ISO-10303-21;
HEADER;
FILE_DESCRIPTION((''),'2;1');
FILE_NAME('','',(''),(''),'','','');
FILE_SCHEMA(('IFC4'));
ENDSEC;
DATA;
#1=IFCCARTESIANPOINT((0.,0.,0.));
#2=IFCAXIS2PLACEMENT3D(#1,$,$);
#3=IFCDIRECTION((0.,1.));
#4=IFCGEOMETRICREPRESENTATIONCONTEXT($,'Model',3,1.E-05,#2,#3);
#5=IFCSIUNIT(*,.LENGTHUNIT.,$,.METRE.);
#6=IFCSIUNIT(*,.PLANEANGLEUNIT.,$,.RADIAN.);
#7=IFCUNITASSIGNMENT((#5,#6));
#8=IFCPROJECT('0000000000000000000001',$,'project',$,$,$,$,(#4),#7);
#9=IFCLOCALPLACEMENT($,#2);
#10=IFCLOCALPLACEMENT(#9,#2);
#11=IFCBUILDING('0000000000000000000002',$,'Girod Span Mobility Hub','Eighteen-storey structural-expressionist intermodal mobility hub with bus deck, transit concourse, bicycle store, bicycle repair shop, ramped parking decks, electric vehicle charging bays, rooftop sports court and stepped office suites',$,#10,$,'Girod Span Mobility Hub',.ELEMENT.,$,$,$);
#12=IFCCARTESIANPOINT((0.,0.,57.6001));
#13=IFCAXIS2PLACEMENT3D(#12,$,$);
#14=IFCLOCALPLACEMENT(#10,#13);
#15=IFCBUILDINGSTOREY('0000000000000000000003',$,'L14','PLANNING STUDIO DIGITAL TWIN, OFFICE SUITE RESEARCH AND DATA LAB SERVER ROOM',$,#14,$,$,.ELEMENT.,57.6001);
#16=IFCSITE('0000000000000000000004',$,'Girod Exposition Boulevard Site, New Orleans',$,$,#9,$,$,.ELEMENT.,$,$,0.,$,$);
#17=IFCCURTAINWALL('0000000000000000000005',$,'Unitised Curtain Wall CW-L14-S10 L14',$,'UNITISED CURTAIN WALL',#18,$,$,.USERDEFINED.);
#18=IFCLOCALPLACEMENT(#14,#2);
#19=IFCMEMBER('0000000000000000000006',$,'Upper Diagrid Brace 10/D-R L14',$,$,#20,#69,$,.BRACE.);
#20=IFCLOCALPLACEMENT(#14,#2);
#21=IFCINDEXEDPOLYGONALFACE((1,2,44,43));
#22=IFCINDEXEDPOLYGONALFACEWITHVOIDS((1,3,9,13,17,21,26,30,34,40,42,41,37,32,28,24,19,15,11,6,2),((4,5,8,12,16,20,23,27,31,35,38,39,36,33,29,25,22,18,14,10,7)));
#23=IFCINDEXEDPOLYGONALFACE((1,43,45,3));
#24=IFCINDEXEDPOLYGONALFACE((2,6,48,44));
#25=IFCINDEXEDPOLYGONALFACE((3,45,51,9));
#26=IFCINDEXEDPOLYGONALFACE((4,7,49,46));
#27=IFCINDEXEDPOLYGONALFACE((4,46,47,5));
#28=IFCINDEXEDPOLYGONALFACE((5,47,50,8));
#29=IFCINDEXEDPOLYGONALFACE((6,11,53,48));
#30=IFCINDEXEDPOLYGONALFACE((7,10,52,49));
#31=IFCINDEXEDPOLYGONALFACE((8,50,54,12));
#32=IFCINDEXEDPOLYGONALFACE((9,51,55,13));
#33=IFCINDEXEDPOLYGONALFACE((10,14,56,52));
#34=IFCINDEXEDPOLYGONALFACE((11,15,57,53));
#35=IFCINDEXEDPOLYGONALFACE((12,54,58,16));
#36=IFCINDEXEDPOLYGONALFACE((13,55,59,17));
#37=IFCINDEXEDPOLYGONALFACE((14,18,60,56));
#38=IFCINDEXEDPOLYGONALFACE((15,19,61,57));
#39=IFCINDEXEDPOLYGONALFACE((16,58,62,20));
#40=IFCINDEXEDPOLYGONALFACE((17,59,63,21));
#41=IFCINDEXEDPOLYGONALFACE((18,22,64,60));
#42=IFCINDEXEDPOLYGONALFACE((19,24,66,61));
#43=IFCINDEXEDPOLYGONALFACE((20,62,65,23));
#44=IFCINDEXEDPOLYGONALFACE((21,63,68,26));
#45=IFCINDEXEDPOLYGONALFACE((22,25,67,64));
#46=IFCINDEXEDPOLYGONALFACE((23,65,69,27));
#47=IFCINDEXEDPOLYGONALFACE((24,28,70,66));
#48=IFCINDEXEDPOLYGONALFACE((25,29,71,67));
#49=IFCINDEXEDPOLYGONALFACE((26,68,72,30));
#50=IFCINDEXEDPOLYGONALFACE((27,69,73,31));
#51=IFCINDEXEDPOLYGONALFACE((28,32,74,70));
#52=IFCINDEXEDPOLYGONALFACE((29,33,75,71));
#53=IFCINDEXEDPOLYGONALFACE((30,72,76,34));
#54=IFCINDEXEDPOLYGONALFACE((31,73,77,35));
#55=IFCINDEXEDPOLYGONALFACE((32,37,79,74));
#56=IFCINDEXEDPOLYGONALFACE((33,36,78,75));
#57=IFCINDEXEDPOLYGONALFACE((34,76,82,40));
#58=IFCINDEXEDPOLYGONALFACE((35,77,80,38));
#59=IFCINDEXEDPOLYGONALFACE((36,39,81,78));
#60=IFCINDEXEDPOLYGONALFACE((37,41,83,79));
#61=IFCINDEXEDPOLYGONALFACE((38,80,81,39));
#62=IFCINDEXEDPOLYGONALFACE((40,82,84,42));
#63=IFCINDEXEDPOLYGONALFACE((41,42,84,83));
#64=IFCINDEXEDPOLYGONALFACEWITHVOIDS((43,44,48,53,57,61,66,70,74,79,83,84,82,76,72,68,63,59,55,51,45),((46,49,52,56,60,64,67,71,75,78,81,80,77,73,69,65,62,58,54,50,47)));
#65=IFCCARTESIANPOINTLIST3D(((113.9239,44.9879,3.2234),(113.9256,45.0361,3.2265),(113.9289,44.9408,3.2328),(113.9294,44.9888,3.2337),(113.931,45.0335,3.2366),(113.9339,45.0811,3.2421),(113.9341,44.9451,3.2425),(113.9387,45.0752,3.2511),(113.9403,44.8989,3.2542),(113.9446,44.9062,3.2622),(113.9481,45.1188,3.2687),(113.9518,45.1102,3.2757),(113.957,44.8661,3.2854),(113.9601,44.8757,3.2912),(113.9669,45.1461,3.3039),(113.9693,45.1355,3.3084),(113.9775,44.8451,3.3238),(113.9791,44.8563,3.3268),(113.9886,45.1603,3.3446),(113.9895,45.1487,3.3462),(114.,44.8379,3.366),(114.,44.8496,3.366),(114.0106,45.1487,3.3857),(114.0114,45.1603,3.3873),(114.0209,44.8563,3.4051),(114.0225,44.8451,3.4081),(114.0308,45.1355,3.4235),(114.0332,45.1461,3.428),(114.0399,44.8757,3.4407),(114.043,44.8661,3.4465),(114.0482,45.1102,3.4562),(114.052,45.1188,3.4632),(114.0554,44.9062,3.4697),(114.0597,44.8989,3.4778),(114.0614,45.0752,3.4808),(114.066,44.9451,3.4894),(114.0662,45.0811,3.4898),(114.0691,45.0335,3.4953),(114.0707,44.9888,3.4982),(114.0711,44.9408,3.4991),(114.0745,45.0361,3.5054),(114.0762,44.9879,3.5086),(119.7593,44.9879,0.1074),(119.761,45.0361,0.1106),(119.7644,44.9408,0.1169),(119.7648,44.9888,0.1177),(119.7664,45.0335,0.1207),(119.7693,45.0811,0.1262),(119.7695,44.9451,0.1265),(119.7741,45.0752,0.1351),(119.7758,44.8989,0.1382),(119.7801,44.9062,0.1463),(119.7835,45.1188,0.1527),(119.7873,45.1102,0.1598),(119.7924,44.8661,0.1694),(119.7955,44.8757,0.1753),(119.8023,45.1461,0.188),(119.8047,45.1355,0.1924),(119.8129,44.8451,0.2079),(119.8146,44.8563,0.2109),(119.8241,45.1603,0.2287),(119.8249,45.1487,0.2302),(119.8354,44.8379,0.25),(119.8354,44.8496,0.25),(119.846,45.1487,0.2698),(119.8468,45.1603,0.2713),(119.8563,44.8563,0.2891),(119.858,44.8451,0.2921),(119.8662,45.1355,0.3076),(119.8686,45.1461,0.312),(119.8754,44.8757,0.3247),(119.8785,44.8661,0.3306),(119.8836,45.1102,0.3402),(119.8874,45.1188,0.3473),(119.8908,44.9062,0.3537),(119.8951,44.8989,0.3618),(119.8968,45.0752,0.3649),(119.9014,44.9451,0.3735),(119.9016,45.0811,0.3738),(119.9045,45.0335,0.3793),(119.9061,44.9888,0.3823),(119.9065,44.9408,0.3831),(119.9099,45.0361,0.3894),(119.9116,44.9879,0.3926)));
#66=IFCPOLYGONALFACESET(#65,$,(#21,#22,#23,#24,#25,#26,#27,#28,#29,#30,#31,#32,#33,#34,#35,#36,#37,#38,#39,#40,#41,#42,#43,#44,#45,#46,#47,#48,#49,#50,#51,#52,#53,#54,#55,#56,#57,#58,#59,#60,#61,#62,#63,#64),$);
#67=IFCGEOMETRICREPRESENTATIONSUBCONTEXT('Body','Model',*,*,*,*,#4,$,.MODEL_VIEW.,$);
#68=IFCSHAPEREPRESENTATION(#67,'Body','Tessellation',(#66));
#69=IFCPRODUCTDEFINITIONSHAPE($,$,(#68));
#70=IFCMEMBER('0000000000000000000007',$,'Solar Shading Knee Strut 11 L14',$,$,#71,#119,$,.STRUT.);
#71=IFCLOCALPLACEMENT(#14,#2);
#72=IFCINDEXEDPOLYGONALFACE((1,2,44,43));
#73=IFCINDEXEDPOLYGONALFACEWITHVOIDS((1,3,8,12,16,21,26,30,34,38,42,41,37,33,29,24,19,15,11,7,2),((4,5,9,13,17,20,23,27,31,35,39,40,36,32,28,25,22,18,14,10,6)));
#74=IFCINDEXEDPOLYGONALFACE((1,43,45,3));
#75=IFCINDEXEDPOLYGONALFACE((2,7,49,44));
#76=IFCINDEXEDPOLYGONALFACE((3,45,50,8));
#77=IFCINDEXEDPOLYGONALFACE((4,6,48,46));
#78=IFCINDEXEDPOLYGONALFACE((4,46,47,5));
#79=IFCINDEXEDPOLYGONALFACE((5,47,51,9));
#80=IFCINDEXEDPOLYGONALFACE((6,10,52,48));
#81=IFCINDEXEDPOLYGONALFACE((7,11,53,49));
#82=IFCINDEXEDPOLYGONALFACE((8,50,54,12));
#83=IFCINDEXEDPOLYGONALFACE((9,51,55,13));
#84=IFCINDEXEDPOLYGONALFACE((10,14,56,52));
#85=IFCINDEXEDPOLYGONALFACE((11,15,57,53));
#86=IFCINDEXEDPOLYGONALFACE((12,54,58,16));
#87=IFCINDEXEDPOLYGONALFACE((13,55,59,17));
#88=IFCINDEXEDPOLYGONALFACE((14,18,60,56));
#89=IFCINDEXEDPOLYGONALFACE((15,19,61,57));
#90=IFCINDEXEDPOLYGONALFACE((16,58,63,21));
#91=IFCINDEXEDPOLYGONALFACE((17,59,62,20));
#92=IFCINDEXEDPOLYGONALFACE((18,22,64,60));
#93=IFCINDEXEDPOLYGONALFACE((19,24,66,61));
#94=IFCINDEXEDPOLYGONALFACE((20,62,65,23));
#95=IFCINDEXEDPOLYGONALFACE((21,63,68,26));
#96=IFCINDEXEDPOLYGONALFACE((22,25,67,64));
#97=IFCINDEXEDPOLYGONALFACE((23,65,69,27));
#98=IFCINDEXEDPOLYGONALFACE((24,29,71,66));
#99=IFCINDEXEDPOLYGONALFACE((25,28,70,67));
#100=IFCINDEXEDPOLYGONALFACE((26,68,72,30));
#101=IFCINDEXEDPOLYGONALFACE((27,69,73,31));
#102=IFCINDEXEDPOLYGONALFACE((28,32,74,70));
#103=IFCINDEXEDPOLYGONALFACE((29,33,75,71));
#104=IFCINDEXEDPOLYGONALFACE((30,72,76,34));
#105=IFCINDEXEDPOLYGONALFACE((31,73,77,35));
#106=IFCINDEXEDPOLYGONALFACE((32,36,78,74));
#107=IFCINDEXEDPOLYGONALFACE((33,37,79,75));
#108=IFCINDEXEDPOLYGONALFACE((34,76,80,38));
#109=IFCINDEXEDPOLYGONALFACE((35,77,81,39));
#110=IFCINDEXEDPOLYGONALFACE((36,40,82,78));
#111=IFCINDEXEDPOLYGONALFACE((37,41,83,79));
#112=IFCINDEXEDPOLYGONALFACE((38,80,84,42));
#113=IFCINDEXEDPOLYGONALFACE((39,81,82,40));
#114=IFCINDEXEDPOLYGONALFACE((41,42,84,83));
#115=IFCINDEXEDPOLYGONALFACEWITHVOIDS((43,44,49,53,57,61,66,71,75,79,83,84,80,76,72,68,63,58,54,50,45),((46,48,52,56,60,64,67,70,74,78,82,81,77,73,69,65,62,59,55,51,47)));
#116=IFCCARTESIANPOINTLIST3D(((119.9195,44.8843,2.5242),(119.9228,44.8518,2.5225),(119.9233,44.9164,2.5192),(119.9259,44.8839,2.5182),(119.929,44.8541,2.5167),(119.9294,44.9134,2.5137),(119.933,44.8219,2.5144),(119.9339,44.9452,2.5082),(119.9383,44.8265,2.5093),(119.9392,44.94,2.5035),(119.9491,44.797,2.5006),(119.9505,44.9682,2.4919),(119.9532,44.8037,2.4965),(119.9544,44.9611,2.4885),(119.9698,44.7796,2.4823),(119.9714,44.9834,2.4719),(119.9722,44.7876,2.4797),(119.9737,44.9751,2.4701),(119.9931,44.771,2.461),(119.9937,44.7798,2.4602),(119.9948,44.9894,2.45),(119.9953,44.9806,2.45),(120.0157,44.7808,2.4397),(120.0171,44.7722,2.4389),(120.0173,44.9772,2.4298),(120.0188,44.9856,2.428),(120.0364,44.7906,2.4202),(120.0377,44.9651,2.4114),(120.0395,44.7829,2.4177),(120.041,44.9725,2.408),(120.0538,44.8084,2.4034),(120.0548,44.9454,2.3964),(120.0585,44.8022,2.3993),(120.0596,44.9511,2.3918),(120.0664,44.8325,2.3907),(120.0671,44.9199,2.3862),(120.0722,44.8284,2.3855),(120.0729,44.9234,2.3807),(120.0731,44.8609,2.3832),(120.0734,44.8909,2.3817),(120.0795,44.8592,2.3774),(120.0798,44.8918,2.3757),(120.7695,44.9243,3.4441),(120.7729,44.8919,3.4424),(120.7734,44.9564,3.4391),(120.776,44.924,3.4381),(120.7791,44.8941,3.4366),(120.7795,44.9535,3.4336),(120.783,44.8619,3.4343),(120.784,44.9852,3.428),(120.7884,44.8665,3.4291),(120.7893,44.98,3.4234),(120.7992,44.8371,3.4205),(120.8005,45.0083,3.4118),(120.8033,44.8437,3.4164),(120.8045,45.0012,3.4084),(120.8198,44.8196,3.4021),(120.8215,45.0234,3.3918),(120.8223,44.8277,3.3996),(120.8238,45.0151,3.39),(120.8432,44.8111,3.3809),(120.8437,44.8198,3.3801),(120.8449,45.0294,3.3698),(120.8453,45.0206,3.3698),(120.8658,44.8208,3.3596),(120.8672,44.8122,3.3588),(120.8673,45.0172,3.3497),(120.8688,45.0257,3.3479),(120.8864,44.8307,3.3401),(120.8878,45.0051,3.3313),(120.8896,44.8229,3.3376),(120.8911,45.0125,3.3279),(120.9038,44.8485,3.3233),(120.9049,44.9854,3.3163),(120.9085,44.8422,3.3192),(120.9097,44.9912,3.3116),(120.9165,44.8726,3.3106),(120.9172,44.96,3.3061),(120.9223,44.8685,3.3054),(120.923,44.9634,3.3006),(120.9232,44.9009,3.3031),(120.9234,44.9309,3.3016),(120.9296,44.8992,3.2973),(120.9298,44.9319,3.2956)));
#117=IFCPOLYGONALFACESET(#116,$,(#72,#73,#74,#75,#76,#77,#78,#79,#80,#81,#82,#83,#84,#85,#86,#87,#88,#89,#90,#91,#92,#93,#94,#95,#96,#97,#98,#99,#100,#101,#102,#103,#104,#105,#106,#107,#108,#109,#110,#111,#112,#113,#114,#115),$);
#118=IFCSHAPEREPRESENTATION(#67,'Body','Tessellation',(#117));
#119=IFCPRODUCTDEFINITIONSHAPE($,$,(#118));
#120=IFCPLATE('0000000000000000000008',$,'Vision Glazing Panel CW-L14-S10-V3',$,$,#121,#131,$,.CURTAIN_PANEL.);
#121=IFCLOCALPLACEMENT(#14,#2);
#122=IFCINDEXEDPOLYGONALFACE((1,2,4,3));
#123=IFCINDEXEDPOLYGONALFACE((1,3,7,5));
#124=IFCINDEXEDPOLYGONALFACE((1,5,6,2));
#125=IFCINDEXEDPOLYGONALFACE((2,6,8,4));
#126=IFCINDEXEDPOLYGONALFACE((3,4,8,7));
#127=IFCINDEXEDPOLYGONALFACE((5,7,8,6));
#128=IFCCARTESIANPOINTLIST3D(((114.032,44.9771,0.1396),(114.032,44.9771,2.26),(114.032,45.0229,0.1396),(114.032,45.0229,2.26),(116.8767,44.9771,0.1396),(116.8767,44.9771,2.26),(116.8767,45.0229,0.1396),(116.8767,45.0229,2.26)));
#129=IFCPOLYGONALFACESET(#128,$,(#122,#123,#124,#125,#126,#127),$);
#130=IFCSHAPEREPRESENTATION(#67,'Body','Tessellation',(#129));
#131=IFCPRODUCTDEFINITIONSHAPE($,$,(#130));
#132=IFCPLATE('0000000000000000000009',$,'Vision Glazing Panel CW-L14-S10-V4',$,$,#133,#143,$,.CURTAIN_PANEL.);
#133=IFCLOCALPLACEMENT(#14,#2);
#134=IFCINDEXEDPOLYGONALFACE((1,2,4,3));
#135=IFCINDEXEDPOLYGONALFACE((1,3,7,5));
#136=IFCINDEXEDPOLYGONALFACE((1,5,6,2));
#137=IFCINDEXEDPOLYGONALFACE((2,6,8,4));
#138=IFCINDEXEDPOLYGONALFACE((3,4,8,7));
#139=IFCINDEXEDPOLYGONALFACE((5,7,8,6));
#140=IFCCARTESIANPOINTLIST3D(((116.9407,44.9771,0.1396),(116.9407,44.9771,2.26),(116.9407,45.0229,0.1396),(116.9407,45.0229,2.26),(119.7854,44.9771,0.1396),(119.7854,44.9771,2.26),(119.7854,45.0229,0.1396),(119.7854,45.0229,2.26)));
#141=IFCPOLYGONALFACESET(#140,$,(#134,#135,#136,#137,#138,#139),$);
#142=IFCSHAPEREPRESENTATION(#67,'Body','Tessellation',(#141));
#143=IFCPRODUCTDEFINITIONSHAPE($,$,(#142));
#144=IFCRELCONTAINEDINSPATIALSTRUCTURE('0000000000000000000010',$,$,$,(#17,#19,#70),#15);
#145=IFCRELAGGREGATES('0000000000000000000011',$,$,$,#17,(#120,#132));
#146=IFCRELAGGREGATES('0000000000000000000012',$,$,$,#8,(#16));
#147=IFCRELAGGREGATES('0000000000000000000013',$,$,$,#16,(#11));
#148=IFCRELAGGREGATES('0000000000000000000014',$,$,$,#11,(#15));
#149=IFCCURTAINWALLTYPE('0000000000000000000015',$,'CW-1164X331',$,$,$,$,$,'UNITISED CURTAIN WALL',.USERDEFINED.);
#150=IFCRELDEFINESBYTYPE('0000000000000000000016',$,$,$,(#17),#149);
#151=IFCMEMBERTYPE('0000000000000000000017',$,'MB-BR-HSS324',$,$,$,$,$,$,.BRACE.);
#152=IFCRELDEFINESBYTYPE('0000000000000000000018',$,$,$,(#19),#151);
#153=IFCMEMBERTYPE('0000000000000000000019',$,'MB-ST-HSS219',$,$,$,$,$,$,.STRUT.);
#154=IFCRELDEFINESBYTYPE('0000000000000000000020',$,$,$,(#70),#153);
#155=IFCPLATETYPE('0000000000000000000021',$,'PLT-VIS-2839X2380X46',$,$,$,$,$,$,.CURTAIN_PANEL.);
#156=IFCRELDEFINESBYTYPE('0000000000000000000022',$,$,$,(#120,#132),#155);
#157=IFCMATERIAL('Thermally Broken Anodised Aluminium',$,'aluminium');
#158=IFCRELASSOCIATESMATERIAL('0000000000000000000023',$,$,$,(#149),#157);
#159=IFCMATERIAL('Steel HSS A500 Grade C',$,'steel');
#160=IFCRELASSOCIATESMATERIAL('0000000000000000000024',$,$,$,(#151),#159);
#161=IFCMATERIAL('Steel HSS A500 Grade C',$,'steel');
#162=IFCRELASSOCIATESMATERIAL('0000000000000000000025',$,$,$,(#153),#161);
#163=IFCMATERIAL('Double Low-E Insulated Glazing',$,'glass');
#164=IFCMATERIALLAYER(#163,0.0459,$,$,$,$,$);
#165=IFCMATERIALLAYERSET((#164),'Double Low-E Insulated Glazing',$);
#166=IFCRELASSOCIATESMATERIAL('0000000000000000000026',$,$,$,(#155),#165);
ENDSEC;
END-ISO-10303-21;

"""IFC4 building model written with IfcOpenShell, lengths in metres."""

from ifc_helpers import new_model, si_unit, direction, frame, origin, origin_2d, place, context, subcontext, project, spatial, rectangle, hollow_circle, extrude, material, layer, layer_set, material_profile, profile_set, type_object, element, aggregate, save


model = new_model("IFC4")

# Units and contexts
model_context = context("Model", 3, precision=1e-05, world=origin(), true_north=direction((0.0, 1.0)))
body_context = subcontext(model_context, "Body", "Model", "MODEL_VIEW")
ifc_project = project(units=[si_unit("LENGTHUNIT", "METRE"), si_unit("PLANEANGLEUNIT", "RADIAN")], contexts=[model_context])

# Site, building, storey
site_placement = place(None, origin())
site = spatial("IfcSite", under=ifc_project, at=site_placement, Name="Girod Exposition Boulevard Site, New Orleans", CompositionType="ELEMENT", RefElevation=0.0)
building_placement = place(site_placement, origin())
building = spatial("IfcBuilding", under=site, at=building_placement, Name="Girod Span Mobility Hub", Description="Eighteen-storey structural-expressionist intermodal mobility hub with bus deck, transit concourse, bicycle store, bicycle repair shop, ramped parking decks, electric vehicle charging bays, rooftop sports court and stepped office suites", LongName="Girod Span Mobility Hub", CompositionType="ELEMENT")
storey_placement = place(building_placement, frame((0.0, 0.0, 57.6001)))
storey = spatial("IfcBuildingStorey", under=building, at=storey_placement, Name="L14", Description="PLANNING STUDIO DIGITAL TWIN, OFFICE SUITE RESEARCH AND DATA LAB SERVER ROOM", CompositionType="ELEMENT", Elevation=57.6001)

# Curtain wall
ifc_material_1 = material(Name="Thermally Broken Anodised Aluminium", Category="aluminium")
curtain_wall_type = type_object("IfcCurtainWallType", Name="CW-1164X331", ElementType="UNITISED CURTAIN WALL", PredefinedType="USERDEFINED", material=ifc_material_1)
curtain_wall_placement = place(storey_placement, origin())
curtain_wall = element("IfcCurtainWall", 1, at=curtain_wall_placement, inside=storey, type_object=curtain_wall_type, Name="Unitised Curtain Wall CW-L14-S10 L14", ObjectType="UNITISED CURTAIN WALL", PredefinedType="USERDEFINED")

# Members
ifc_material_2 = material(Name="Steel HSS A500 Grade C", Category="steel")
ifc_material_profile_1 = material_profile(ifc_material_2, hollow_circle(Radius=0.1621, WallThickness=0.0117, at=origin_2d()), Name="HSS324X12.7")
ifc_profile_set_1 = profile_set([ifc_material_profile_1], Name="Steel HSS A500 Grade C")
member_type_1 = type_object("IfcMemberType", Name="MB-BR-HSS324", PredefinedType="BRACE", material=ifc_profile_set_1)
member_1_placement = place(storey_placement, frame((119.8354, 45.0, 0.25), z_axis=(-0.882119, 0.0, 0.471027), x_axis=(0.0, -1.0, 0.0)))
element("IfcMember", 2, at=member_1_placement, inside=storey, type_object=member_type_1, Name="Upper Diagrid Brace 10/D-R L14", PredefinedType="BRACE", context=body_context, shape_type="SweptSolid", body=[
    extrude(hollow_circle(Radius=0.1621, WallThickness=0.0117, at=origin_2d()), origin(), (0.0, 0.0, 1.0), 6.6152),
])
ifc_material_3 = material(Name="Steel HSS A500 Grade C", Category="steel")
ifc_material_profile_2 = material_profile(ifc_material_3, hollow_circle(Radius=0.1096, WallThickness=0.0088, at=origin_2d()), Name="HSS219X9.5")
ifc_profile_set_2 = profile_set([ifc_material_profile_2], Name="Steel HSS A500 Grade C")
member_type_2 = type_object("IfcMemberType", Name="MB-ST-HSS219", PredefinedType="STRUT", material=ifc_profile_set_2)
member_2_placement = place(storey_placement, frame((120.0, 44.8799, 2.45), z_axis=(0.678338, 0.031949, 0.734055), x_axis=(-0.047047, 0.998893, 0.0)))
element("IfcMember", 3, at=member_2_placement, inside=storey, type_object=member_type_2, Name="Solar Shading Knee Strut 11 L14", PredefinedType="STRUT", context=body_context, shape_type="SweptSolid", body=[
    extrude(hollow_circle(Radius=0.1096, WallThickness=0.0088, at=origin_2d()), origin(), (0.0, 0.0, 1.0), 1.2532),
])

# Plates
ifc_material_4 = material(Name="Double Low-E Insulated Glazing", Category="glass")
ifc_layer_1 = layer(ifc_material_4, 0.0459)
ifc_layer_set_1 = layer_set([ifc_layer_1], Name="Double Low-E Insulated Glazing")
plate_type = type_object("IfcPlateType", Name="PLT-VIS-2839X2380X46", PredefinedType="CURTAIN_PANEL", material=ifc_layer_set_1)
plate_1_placement = place(storey_placement, frame((115.4543, 45.0, 0.1396), z_axis=(0.0, 0.0, 1.0), x_axis=(1.0, 0.0, 0.0)))
plate_1 = element("IfcPlate", 4, at=plate_1_placement, type_object=plate_type, Name="Vision Glazing Panel CW-L14-S10-V3", PredefinedType="CURTAIN_PANEL", context=body_context, shape_type="SweptSolid", body=[
    extrude(rectangle(XDim=2.8447, YDim=0.0459, at=origin_2d()), origin(), (0.0, 0.0, 1.0), 2.1204),
])
plate_2_placement = place(storey_placement, frame((118.363, 45.0, 0.1396), z_axis=(0.0, 0.0, 1.0), x_axis=(1.0, 0.0, 0.0)))
plate_2 = element("IfcPlate", 5, at=plate_2_placement, type_object=plate_type, Name="Vision Glazing Panel CW-L14-S10-V4", PredefinedType="CURTAIN_PANEL", context=body_context, shape_type="SweptSolid", body=[
    extrude(rectangle(XDim=2.8447, YDim=0.0459, at=origin_2d()), origin(), (0.0, 0.0, 1.0), 2.1204),
])
aggregate(curtain_wall, [plate_1, plate_2])

save(model, "model.ifc")
